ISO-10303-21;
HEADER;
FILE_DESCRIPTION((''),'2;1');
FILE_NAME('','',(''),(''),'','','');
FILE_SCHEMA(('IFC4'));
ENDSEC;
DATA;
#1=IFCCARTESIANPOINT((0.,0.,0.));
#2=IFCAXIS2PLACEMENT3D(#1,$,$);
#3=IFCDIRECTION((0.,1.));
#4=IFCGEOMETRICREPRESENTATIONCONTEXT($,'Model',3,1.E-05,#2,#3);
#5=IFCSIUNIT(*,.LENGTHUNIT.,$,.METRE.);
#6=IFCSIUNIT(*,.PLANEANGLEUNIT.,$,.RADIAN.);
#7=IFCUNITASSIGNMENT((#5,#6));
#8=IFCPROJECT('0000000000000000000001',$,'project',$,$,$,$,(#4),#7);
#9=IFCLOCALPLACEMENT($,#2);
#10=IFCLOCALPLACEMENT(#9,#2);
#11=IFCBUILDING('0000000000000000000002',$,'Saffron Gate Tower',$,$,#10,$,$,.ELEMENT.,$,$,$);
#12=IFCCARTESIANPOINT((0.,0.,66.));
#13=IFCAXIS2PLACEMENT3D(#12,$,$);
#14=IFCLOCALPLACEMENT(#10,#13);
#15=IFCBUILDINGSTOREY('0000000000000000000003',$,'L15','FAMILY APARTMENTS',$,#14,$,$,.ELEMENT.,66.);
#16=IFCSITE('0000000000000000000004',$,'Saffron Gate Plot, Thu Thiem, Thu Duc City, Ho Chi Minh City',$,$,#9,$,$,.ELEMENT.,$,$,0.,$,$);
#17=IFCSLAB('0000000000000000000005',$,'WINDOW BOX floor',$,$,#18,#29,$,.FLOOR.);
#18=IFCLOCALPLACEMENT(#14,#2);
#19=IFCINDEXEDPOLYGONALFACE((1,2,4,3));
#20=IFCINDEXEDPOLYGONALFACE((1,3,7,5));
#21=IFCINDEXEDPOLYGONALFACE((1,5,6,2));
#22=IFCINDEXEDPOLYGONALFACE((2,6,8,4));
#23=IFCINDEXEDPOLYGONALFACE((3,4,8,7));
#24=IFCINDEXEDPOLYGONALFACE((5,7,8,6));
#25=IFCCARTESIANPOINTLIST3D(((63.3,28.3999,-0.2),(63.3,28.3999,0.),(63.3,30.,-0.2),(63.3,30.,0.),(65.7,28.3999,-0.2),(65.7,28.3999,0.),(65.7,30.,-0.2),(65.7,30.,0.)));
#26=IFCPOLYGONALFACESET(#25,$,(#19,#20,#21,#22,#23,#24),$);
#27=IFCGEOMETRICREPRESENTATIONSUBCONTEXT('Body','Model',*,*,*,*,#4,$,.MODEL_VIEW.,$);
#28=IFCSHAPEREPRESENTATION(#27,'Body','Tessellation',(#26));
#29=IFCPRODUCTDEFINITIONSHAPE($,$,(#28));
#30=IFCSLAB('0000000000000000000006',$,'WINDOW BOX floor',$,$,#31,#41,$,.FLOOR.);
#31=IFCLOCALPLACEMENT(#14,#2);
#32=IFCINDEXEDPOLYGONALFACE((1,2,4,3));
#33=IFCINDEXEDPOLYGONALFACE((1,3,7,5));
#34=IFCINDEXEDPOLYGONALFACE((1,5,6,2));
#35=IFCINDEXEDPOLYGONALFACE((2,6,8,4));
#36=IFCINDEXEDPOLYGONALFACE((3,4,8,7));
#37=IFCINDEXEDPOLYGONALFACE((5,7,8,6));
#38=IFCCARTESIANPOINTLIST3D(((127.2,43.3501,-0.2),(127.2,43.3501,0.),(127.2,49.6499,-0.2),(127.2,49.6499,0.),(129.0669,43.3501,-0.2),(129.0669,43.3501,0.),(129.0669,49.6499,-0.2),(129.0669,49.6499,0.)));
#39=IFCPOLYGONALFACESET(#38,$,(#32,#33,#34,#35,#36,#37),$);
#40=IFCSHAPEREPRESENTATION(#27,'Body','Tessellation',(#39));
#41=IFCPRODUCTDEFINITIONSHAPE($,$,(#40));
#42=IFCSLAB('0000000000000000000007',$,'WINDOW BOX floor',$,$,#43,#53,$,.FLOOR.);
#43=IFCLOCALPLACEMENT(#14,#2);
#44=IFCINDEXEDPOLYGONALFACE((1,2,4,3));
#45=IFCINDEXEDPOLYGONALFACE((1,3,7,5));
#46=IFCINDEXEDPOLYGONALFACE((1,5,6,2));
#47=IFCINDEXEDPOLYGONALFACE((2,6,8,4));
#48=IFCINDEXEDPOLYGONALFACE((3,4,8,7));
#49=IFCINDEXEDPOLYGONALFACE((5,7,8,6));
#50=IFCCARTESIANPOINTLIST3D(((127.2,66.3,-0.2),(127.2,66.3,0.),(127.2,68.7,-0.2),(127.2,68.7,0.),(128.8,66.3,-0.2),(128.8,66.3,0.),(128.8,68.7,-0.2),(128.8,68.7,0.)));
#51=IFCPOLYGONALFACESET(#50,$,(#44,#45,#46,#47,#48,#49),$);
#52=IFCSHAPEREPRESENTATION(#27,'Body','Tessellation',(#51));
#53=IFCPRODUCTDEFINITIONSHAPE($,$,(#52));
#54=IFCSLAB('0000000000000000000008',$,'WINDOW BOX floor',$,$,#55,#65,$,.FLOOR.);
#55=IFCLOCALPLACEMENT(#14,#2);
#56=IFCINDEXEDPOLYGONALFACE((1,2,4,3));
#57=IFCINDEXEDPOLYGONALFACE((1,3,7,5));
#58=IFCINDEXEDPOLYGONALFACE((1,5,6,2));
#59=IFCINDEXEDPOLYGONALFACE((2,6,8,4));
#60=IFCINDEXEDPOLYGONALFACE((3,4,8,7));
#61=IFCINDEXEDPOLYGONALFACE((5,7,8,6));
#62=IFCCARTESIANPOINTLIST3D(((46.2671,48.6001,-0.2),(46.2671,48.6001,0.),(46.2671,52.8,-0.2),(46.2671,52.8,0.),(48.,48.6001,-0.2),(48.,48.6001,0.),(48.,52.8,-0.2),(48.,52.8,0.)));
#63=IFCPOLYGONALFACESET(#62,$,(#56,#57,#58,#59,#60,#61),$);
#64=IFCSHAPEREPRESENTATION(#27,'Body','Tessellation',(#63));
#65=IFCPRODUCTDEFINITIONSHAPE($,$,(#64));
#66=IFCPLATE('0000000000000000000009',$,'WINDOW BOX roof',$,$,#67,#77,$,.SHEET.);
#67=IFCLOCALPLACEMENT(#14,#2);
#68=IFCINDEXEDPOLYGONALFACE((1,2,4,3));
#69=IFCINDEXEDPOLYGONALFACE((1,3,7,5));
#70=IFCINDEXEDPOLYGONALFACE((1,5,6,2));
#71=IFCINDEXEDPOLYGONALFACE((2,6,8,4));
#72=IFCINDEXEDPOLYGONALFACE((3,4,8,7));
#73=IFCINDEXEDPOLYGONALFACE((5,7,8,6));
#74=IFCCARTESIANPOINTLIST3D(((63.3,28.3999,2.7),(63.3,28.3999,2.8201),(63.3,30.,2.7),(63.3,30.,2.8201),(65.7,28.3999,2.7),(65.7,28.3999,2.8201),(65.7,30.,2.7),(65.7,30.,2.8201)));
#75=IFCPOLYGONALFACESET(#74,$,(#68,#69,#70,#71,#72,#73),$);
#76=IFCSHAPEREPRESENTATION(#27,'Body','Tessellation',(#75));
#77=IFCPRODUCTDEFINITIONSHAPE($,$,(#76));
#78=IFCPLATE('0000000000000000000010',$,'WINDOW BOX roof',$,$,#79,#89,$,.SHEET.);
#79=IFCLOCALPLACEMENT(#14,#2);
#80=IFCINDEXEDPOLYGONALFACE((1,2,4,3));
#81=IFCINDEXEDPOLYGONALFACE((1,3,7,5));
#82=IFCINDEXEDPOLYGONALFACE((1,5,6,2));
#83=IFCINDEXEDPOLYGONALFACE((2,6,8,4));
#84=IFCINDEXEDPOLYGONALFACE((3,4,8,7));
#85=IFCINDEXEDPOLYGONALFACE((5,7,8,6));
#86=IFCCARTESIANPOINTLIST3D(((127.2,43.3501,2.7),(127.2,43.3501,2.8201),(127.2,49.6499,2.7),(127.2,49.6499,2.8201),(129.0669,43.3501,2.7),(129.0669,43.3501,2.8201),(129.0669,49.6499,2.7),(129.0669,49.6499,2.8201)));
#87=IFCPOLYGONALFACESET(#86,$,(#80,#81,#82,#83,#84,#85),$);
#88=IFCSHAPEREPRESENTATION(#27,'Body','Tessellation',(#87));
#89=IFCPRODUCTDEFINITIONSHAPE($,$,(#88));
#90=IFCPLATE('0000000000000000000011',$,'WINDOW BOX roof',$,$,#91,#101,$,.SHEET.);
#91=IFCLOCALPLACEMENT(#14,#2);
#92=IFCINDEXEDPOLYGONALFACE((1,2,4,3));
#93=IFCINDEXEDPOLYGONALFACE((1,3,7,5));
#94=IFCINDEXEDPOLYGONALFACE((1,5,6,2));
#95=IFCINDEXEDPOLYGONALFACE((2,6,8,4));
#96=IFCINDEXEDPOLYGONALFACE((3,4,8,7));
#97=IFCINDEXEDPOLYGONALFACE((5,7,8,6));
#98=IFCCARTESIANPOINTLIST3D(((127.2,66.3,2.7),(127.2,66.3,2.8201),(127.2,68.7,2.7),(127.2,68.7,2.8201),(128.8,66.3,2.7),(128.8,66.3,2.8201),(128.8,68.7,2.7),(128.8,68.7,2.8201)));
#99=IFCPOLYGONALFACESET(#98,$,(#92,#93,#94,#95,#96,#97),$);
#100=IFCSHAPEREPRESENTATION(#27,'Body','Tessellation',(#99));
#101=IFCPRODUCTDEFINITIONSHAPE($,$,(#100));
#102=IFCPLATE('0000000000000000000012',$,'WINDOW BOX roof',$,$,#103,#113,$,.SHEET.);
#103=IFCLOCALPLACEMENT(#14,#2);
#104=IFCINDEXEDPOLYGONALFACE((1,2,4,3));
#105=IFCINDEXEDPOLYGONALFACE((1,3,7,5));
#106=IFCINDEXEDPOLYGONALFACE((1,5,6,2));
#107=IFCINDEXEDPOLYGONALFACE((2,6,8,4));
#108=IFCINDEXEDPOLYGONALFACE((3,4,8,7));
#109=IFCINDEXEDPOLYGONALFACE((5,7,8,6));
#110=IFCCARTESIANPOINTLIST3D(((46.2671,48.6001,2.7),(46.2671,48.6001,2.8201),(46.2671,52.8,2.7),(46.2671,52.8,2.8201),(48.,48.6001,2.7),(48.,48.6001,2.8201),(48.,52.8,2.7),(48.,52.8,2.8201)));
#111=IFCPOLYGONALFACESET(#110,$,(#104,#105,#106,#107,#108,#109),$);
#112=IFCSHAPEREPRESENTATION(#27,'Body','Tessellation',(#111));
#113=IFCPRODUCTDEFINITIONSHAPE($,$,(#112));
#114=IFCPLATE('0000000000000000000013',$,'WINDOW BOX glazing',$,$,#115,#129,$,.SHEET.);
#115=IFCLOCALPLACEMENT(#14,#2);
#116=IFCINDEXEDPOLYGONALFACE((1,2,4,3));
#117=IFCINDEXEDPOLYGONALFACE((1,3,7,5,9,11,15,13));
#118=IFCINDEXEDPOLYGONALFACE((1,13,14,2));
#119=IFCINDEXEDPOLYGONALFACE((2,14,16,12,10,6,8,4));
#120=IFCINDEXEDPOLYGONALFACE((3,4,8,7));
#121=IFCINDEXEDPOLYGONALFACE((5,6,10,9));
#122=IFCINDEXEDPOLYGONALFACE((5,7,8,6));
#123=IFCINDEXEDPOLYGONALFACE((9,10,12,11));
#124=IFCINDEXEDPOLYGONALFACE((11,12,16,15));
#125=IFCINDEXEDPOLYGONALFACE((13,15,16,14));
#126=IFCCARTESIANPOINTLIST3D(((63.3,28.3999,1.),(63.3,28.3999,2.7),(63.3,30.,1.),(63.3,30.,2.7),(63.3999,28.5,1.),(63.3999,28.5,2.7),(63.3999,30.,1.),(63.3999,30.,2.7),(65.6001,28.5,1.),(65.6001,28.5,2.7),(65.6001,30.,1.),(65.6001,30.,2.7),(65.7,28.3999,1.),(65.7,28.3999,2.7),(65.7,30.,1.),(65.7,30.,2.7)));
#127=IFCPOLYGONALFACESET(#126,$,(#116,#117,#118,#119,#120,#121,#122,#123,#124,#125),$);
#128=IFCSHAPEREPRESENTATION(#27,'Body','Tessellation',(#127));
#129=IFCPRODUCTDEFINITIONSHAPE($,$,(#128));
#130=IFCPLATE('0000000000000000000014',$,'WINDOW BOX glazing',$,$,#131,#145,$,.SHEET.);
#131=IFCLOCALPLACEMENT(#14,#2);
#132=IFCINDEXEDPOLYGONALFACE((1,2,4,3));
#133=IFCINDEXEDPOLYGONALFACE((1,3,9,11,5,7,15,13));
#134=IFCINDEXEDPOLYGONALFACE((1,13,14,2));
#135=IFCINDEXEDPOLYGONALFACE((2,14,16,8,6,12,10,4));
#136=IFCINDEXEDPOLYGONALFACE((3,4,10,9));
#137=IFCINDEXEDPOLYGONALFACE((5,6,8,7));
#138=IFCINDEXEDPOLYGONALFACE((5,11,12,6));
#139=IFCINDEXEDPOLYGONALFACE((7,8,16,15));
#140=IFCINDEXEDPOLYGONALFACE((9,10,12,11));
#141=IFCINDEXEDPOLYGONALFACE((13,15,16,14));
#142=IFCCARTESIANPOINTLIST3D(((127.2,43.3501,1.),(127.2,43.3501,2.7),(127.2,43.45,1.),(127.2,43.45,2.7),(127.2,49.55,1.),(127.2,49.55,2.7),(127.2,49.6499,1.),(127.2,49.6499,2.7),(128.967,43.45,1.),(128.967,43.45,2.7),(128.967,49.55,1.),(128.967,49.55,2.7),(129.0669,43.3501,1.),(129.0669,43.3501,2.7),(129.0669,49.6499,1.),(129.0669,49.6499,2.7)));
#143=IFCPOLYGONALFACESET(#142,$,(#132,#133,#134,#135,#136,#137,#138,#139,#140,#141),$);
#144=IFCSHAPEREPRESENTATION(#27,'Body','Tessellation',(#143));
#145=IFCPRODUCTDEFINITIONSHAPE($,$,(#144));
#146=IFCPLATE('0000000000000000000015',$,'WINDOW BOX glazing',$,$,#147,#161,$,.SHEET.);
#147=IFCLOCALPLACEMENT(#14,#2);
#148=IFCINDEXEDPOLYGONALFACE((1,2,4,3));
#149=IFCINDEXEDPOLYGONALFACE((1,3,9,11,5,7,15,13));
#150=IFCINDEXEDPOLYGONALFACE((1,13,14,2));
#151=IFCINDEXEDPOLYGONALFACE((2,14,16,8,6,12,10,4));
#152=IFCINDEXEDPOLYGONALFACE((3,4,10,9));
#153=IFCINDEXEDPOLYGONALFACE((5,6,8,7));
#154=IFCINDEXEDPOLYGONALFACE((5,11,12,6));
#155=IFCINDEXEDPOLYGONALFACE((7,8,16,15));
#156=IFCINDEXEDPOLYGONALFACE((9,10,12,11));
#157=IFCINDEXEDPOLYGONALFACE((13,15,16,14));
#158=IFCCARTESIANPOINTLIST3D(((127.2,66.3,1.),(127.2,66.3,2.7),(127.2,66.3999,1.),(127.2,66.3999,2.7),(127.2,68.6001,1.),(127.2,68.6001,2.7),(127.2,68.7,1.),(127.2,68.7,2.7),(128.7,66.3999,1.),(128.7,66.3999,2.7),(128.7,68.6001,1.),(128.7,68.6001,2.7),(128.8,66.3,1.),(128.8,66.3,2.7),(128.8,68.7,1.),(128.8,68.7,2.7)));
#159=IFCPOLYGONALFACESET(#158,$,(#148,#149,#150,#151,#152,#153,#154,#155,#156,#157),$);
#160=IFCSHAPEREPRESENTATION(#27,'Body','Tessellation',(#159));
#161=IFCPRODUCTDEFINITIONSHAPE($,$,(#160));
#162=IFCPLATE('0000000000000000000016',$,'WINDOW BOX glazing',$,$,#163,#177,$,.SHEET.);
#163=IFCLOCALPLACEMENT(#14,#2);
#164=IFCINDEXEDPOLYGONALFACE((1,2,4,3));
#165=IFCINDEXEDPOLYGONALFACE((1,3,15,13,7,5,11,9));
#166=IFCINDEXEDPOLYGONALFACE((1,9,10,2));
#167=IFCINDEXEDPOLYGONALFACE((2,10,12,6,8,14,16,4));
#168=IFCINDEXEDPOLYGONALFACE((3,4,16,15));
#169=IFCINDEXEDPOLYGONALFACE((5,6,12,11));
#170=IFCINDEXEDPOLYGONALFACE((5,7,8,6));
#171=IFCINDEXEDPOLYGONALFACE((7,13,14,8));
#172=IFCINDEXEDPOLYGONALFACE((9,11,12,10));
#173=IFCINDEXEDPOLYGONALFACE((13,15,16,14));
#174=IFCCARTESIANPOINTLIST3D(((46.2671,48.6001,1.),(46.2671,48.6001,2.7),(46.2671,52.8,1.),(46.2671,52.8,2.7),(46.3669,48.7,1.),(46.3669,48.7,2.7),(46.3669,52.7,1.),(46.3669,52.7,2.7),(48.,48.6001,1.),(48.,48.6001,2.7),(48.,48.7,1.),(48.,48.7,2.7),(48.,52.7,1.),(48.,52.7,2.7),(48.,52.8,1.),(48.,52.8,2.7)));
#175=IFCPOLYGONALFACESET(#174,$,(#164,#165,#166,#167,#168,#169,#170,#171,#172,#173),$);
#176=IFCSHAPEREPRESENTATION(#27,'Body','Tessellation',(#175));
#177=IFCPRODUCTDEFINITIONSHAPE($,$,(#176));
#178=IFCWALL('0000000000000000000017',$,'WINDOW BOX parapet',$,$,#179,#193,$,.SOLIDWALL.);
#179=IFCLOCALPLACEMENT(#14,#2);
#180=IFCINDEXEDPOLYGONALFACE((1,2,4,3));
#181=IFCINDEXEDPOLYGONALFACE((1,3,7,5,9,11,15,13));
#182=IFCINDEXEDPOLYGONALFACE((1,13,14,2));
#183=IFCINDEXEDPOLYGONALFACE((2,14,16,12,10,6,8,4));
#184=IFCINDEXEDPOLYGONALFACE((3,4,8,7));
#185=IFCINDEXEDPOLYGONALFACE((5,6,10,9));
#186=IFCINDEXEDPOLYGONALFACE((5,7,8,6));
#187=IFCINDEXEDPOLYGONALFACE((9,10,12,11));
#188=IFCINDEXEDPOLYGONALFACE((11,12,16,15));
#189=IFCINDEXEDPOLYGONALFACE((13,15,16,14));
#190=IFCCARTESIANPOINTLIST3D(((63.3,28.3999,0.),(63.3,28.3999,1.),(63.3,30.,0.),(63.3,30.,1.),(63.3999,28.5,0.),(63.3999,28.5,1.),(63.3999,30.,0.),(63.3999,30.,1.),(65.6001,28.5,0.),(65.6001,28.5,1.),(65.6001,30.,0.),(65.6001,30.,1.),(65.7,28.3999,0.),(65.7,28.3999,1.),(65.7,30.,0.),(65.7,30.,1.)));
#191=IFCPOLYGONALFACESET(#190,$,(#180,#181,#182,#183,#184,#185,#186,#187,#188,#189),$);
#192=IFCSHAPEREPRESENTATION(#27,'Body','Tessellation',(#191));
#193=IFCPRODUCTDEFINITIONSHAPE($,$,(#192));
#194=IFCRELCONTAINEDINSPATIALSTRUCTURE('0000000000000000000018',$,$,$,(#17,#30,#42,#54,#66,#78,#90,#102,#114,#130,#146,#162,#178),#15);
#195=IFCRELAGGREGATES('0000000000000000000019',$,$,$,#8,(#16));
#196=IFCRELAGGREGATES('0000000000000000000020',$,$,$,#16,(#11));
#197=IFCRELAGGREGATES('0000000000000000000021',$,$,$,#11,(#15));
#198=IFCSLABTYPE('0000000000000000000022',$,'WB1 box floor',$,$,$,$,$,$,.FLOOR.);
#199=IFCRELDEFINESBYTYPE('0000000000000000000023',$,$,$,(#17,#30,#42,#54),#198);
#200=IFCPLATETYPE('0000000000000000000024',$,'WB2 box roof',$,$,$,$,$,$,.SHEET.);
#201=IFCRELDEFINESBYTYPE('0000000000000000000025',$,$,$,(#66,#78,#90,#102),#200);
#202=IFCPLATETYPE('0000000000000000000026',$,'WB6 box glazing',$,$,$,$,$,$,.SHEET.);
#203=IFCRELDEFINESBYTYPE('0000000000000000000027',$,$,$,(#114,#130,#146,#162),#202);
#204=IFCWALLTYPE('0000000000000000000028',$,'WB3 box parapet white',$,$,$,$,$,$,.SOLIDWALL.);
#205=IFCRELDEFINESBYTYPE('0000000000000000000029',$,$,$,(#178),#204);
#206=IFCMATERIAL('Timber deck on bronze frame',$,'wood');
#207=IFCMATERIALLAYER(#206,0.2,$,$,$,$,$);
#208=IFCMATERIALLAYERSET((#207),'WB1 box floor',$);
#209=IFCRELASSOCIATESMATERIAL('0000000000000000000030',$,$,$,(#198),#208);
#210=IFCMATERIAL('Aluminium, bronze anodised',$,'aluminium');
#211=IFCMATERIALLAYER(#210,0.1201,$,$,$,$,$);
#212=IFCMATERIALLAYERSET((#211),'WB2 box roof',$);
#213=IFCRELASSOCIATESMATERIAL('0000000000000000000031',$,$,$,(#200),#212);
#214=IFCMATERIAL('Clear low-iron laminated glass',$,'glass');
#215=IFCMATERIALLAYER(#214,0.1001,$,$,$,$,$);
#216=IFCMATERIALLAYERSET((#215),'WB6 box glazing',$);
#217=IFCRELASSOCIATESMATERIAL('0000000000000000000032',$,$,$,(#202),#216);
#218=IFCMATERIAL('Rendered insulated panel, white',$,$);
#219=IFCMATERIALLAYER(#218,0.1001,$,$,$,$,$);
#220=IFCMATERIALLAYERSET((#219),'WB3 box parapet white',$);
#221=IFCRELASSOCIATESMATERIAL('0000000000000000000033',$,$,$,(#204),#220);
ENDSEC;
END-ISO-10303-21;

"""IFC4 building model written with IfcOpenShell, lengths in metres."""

from ifc_helpers import new_model, si_unit, direction, frame, origin, place, context, subcontext, project, spatial, polyline, outline, extrude, material, layer, layer_set, type_object, element, save


model = new_model("IFC4")

# Units and contexts
model_context = context("Model", 3, precision=1e-05, world=origin(), true_north=direction((0.0, 1.0)))
body_context = subcontext(model_context, "Body", "Model", "MODEL_VIEW")
ifc_project = project(units=[si_unit("LENGTHUNIT", "METRE"), si_unit("PLANEANGLEUNIT", "RADIAN")], contexts=[model_context])

# Site, building, storey
site_placement = place(None, origin())
site = spatial("IfcSite", under=ifc_project, at=site_placement, Name="Saffron Gate Plot, Thu Thiem, Thu Duc City, Ho Chi Minh City", CompositionType="ELEMENT", RefElevation=0.0)
building_placement = place(site_placement, origin())
building = spatial("IfcBuilding", under=site, at=building_placement, Name="Saffron Gate Tower", CompositionType="ELEMENT")
storey_placement = place(building_placement, frame((0.0, 0.0, 66.0)))
storey = spatial("IfcBuildingStorey", under=building, at=storey_placement, Name="L15", Description="FAMILY APARTMENTS", CompositionType="ELEMENT", Elevation=66.0)

# Slabs
ifc_material_1 = material(Name="Timber deck on bronze frame", Category="wood")
ifc_layer_1 = layer(ifc_material_1, 0.2)
ifc_layer_set_1 = layer_set([ifc_layer_1], Name="WB1 box floor")
slab_type_1 = type_object("IfcSlabType", Name="WB1 box floor", PredefinedType="FLOOR", material=ifc_layer_set_1)
slab_1_placement = place(storey_placement, frame((0.0, 0.0, -0.2)))
element("IfcSlab", 1, at=slab_1_placement, inside=storey, type_object=slab_type_1, Name="WINDOW BOX floor", PredefinedType="FLOOR", context=body_context, shape_type="SweptSolid", body=[
    extrude(outline(polyline([(63.3, 30.0), (65.7, 30.0), (65.7, 28.3999), (63.3, 28.3999), (63.3, 30.0)])), origin(), (0.0, 0.0, 1.0), 0.2),
])
slab_2_placement = place(storey_placement, frame((0.0, 0.0, -0.2)))
element("IfcSlab", 2, at=slab_2_placement, inside=storey, type_object=slab_type_1, Name="WINDOW BOX floor", PredefinedType="FLOOR", context=body_context, shape_type="SweptSolid", body=[
    extrude(outline(polyline([(127.2, 43.3501), (127.2, 49.6499), (129.0669, 49.6499), (129.0669, 43.3501), (127.2, 43.3501)])), origin(), (0.0, 0.0, 1.0), 0.2),
])
slab_3_placement = place(storey_placement, frame((0.0, 0.0, -0.2)))
element("IfcSlab", 3, at=slab_3_placement, inside=storey, type_object=slab_type_1, Name="WINDOW BOX floor", PredefinedType="FLOOR", context=body_context, shape_type="SweptSolid", body=[
    extrude(outline(polyline([(127.2, 66.3), (127.2, 68.7), (128.8, 68.7), (128.8, 66.3), (127.2, 66.3)])), origin(), (0.0, 0.0, 1.0), 0.2),
])
slab_4_placement = place(storey_placement, frame((0.0, 0.0, -0.2)))
element("IfcSlab", 4, at=slab_4_placement, inside=storey, type_object=slab_type_1, Name="WINDOW BOX floor", PredefinedType="FLOOR", context=body_context, shape_type="SweptSolid", body=[
    extrude(outline(polyline([(48.0, 52.8), (48.0, 48.6001), (46.2671, 48.6001), (46.2671, 52.8), (48.0, 52.8)])), origin(), (0.0, 0.0, 1.0), 0.2),
])

# Plates
ifc_material_2 = material(Name="Aluminium, bronze anodised", Category="aluminium")
ifc_layer_2 = layer(ifc_material_2, 0.1201)
ifc_layer_set_2 = layer_set([ifc_layer_2], Name="WB2 box roof")
plate_type_1 = type_object("IfcPlateType", Name="WB2 box roof", PredefinedType="SHEET", material=ifc_layer_set_2)
plate_1_placement = place(storey_placement, frame((0.0, 0.0, 2.7)))
element("IfcPlate", 5, at=plate_1_placement, inside=storey, type_object=plate_type_1, Name="WINDOW BOX roof", PredefinedType="SHEET", context=body_context, shape_type="SweptSolid", body=[
    extrude(outline(polyline([(63.3, 30.0), (65.7, 30.0), (65.7, 28.3999), (63.3, 28.3999), (63.3, 30.0)])), origin(), (0.0, 0.0, 1.0), 0.1201),
])
plate_2_placement = place(storey_placement, frame((0.0, 0.0, 2.7)))
element("IfcPlate", 6, at=plate_2_placement, inside=storey, type_object=plate_type_1, Name="WINDOW BOX roof", PredefinedType="SHEET", context=body_context, shape_type="SweptSolid", body=[
    extrude(outline(polyline([(127.2, 43.3501), (127.2, 49.6499), (129.0669, 49.6499), (129.0669, 43.3501), (127.2, 43.3501)])), origin(), (0.0, 0.0, 1.0), 0.1201),
])
plate_3_placement = place(storey_placement, frame((0.0, 0.0, 2.7)))
element("IfcPlate", 7, at=plate_3_placement, inside=storey, type_object=plate_type_1, Name="WINDOW BOX roof", PredefinedType="SHEET", context=body_context, shape_type="SweptSolid", body=[
    extrude(outline(polyline([(127.2, 66.3), (127.2, 68.7), (128.8, 68.7), (128.8, 66.3), (127.2, 66.3)])), origin(), (0.0, 0.0, 1.0), 0.1201),
])
plate_4_placement = place(storey_placement, frame((0.0, 0.0, 2.7)))
element("IfcPlate", 8, at=plate_4_placement, inside=storey, type_object=plate_type_1, Name="WINDOW BOX roof", PredefinedType="SHEET", context=body_context, shape_type="SweptSolid", body=[
    extrude(outline(polyline([(48.0, 52.8), (48.0, 48.6001), (46.2671, 48.6001), (46.2671, 52.8), (48.0, 52.8)])), origin(), (0.0, 0.0, 1.0), 0.1201),
])
ifc_material_3 = material(Name="Clear low-iron laminated glass", Category="glass")
ifc_layer_3 = layer(ifc_material_3, 0.1001)
ifc_layer_set_3 = layer_set([ifc_layer_3], Name="WB6 box glazing")
plate_type_2 = type_object("IfcPlateType", Name="WB6 box glazing", PredefinedType="SHEET", material=ifc_layer_set_3)
plate_5_placement = place(storey_placement, frame((0.0, 0.0, 1.0)))
element("IfcPlate", 9, at=plate_5_placement, inside=storey, type_object=plate_type_2, Name="WINDOW BOX glazing", PredefinedType="SHEET", context=body_context, shape_type="SweptSolid", body=[
    extrude(outline(polyline([(63.3, 30.0), (63.3999, 30.0), (63.3999, 28.5), (65.6001, 28.5), (65.6001, 30.0), (65.7, 30.0), (65.7, 28.3999), (63.3, 28.3999), (63.3, 30.0)])), origin(), (0.0, 0.0, 1.0), 1.7),
])
plate_6_placement = place(storey_placement, frame((0.0, 0.0, 1.0)))
element("IfcPlate", 10, at=plate_6_placement, inside=storey, type_object=plate_type_2, Name="WINDOW BOX glazing", PredefinedType="SHEET", context=body_context, shape_type="SweptSolid", body=[
    extrude(outline(polyline([(127.2, 43.3501), (127.2, 43.45), (128.967, 43.45), (128.967, 49.55), (127.2, 49.55), (127.2, 49.6499), (129.0669, 49.6499), (129.0669, 43.3501), (127.2, 43.3501)])), origin(), (0.0, 0.0, 1.0), 1.7),
])
plate_7_placement = place(storey_placement, frame((0.0, 0.0, 1.0)))
element("IfcPlate", 11, at=plate_7_placement, inside=storey, type_object=plate_type_2, Name="WINDOW BOX glazing", PredefinedType="SHEET", context=body_context, shape_type="SweptSolid", body=[
    extrude(outline(polyline([(127.2, 66.3), (127.2, 66.3999), (128.7, 66.3999), (128.7, 68.6001), (127.2, 68.6001), (127.2, 68.7), (128.8, 68.7), (128.8, 66.3), (127.2, 66.3)])), origin(), (0.0, 0.0, 1.0), 1.7),
])
plate_8_placement = place(storey_placement, frame((0.0, 0.0, 1.0)))
element("IfcPlate", 12, at=plate_8_placement, inside=storey, type_object=plate_type_2, Name="WINDOW BOX glazing", PredefinedType="SHEET", context=body_context, shape_type="SweptSolid", body=[
    extrude(outline(polyline([(48.0, 52.8), (48.0, 52.7), (46.3669, 52.7), (46.3669, 48.7), (48.0, 48.7), (48.0, 48.6001), (46.2671, 48.6001), (46.2671, 52.8), (48.0, 52.8)])), origin(), (0.0, 0.0, 1.0), 1.7),
])

# Wall
ifc_material_4 = material(Name="Rendered insulated panel, white")
ifc_layer_4 = layer(ifc_material_4, 0.1001)
ifc_layer_set_4 = layer_set([ifc_layer_4], Name="WB3 box parapet white")
wall_type = type_object("IfcWallType", Name="WB3 box parapet white", PredefinedType="SOLIDWALL", material=ifc_layer_set_4)
wall_1_placement = place(storey_placement, origin())
element("IfcWall", 13, at=wall_1_placement, inside=storey, type_object=wall_type, Name="WINDOW BOX parapet", PredefinedType="SOLIDWALL", context=body_context, shape_type="SweptSolid", body=[
    extrude(outline(polyline([(63.3, 30.0), (63.3999, 30.0), (63.3999, 28.5), (65.6001, 28.5), (65.6001, 30.0), (65.7, 30.0), (65.7, 28.3999), (63.3, 28.3999), (63.3, 30.0)])), origin(), (0.0, 0.0, 1.0), 1.0),
])

save(model, "model.ifc")
